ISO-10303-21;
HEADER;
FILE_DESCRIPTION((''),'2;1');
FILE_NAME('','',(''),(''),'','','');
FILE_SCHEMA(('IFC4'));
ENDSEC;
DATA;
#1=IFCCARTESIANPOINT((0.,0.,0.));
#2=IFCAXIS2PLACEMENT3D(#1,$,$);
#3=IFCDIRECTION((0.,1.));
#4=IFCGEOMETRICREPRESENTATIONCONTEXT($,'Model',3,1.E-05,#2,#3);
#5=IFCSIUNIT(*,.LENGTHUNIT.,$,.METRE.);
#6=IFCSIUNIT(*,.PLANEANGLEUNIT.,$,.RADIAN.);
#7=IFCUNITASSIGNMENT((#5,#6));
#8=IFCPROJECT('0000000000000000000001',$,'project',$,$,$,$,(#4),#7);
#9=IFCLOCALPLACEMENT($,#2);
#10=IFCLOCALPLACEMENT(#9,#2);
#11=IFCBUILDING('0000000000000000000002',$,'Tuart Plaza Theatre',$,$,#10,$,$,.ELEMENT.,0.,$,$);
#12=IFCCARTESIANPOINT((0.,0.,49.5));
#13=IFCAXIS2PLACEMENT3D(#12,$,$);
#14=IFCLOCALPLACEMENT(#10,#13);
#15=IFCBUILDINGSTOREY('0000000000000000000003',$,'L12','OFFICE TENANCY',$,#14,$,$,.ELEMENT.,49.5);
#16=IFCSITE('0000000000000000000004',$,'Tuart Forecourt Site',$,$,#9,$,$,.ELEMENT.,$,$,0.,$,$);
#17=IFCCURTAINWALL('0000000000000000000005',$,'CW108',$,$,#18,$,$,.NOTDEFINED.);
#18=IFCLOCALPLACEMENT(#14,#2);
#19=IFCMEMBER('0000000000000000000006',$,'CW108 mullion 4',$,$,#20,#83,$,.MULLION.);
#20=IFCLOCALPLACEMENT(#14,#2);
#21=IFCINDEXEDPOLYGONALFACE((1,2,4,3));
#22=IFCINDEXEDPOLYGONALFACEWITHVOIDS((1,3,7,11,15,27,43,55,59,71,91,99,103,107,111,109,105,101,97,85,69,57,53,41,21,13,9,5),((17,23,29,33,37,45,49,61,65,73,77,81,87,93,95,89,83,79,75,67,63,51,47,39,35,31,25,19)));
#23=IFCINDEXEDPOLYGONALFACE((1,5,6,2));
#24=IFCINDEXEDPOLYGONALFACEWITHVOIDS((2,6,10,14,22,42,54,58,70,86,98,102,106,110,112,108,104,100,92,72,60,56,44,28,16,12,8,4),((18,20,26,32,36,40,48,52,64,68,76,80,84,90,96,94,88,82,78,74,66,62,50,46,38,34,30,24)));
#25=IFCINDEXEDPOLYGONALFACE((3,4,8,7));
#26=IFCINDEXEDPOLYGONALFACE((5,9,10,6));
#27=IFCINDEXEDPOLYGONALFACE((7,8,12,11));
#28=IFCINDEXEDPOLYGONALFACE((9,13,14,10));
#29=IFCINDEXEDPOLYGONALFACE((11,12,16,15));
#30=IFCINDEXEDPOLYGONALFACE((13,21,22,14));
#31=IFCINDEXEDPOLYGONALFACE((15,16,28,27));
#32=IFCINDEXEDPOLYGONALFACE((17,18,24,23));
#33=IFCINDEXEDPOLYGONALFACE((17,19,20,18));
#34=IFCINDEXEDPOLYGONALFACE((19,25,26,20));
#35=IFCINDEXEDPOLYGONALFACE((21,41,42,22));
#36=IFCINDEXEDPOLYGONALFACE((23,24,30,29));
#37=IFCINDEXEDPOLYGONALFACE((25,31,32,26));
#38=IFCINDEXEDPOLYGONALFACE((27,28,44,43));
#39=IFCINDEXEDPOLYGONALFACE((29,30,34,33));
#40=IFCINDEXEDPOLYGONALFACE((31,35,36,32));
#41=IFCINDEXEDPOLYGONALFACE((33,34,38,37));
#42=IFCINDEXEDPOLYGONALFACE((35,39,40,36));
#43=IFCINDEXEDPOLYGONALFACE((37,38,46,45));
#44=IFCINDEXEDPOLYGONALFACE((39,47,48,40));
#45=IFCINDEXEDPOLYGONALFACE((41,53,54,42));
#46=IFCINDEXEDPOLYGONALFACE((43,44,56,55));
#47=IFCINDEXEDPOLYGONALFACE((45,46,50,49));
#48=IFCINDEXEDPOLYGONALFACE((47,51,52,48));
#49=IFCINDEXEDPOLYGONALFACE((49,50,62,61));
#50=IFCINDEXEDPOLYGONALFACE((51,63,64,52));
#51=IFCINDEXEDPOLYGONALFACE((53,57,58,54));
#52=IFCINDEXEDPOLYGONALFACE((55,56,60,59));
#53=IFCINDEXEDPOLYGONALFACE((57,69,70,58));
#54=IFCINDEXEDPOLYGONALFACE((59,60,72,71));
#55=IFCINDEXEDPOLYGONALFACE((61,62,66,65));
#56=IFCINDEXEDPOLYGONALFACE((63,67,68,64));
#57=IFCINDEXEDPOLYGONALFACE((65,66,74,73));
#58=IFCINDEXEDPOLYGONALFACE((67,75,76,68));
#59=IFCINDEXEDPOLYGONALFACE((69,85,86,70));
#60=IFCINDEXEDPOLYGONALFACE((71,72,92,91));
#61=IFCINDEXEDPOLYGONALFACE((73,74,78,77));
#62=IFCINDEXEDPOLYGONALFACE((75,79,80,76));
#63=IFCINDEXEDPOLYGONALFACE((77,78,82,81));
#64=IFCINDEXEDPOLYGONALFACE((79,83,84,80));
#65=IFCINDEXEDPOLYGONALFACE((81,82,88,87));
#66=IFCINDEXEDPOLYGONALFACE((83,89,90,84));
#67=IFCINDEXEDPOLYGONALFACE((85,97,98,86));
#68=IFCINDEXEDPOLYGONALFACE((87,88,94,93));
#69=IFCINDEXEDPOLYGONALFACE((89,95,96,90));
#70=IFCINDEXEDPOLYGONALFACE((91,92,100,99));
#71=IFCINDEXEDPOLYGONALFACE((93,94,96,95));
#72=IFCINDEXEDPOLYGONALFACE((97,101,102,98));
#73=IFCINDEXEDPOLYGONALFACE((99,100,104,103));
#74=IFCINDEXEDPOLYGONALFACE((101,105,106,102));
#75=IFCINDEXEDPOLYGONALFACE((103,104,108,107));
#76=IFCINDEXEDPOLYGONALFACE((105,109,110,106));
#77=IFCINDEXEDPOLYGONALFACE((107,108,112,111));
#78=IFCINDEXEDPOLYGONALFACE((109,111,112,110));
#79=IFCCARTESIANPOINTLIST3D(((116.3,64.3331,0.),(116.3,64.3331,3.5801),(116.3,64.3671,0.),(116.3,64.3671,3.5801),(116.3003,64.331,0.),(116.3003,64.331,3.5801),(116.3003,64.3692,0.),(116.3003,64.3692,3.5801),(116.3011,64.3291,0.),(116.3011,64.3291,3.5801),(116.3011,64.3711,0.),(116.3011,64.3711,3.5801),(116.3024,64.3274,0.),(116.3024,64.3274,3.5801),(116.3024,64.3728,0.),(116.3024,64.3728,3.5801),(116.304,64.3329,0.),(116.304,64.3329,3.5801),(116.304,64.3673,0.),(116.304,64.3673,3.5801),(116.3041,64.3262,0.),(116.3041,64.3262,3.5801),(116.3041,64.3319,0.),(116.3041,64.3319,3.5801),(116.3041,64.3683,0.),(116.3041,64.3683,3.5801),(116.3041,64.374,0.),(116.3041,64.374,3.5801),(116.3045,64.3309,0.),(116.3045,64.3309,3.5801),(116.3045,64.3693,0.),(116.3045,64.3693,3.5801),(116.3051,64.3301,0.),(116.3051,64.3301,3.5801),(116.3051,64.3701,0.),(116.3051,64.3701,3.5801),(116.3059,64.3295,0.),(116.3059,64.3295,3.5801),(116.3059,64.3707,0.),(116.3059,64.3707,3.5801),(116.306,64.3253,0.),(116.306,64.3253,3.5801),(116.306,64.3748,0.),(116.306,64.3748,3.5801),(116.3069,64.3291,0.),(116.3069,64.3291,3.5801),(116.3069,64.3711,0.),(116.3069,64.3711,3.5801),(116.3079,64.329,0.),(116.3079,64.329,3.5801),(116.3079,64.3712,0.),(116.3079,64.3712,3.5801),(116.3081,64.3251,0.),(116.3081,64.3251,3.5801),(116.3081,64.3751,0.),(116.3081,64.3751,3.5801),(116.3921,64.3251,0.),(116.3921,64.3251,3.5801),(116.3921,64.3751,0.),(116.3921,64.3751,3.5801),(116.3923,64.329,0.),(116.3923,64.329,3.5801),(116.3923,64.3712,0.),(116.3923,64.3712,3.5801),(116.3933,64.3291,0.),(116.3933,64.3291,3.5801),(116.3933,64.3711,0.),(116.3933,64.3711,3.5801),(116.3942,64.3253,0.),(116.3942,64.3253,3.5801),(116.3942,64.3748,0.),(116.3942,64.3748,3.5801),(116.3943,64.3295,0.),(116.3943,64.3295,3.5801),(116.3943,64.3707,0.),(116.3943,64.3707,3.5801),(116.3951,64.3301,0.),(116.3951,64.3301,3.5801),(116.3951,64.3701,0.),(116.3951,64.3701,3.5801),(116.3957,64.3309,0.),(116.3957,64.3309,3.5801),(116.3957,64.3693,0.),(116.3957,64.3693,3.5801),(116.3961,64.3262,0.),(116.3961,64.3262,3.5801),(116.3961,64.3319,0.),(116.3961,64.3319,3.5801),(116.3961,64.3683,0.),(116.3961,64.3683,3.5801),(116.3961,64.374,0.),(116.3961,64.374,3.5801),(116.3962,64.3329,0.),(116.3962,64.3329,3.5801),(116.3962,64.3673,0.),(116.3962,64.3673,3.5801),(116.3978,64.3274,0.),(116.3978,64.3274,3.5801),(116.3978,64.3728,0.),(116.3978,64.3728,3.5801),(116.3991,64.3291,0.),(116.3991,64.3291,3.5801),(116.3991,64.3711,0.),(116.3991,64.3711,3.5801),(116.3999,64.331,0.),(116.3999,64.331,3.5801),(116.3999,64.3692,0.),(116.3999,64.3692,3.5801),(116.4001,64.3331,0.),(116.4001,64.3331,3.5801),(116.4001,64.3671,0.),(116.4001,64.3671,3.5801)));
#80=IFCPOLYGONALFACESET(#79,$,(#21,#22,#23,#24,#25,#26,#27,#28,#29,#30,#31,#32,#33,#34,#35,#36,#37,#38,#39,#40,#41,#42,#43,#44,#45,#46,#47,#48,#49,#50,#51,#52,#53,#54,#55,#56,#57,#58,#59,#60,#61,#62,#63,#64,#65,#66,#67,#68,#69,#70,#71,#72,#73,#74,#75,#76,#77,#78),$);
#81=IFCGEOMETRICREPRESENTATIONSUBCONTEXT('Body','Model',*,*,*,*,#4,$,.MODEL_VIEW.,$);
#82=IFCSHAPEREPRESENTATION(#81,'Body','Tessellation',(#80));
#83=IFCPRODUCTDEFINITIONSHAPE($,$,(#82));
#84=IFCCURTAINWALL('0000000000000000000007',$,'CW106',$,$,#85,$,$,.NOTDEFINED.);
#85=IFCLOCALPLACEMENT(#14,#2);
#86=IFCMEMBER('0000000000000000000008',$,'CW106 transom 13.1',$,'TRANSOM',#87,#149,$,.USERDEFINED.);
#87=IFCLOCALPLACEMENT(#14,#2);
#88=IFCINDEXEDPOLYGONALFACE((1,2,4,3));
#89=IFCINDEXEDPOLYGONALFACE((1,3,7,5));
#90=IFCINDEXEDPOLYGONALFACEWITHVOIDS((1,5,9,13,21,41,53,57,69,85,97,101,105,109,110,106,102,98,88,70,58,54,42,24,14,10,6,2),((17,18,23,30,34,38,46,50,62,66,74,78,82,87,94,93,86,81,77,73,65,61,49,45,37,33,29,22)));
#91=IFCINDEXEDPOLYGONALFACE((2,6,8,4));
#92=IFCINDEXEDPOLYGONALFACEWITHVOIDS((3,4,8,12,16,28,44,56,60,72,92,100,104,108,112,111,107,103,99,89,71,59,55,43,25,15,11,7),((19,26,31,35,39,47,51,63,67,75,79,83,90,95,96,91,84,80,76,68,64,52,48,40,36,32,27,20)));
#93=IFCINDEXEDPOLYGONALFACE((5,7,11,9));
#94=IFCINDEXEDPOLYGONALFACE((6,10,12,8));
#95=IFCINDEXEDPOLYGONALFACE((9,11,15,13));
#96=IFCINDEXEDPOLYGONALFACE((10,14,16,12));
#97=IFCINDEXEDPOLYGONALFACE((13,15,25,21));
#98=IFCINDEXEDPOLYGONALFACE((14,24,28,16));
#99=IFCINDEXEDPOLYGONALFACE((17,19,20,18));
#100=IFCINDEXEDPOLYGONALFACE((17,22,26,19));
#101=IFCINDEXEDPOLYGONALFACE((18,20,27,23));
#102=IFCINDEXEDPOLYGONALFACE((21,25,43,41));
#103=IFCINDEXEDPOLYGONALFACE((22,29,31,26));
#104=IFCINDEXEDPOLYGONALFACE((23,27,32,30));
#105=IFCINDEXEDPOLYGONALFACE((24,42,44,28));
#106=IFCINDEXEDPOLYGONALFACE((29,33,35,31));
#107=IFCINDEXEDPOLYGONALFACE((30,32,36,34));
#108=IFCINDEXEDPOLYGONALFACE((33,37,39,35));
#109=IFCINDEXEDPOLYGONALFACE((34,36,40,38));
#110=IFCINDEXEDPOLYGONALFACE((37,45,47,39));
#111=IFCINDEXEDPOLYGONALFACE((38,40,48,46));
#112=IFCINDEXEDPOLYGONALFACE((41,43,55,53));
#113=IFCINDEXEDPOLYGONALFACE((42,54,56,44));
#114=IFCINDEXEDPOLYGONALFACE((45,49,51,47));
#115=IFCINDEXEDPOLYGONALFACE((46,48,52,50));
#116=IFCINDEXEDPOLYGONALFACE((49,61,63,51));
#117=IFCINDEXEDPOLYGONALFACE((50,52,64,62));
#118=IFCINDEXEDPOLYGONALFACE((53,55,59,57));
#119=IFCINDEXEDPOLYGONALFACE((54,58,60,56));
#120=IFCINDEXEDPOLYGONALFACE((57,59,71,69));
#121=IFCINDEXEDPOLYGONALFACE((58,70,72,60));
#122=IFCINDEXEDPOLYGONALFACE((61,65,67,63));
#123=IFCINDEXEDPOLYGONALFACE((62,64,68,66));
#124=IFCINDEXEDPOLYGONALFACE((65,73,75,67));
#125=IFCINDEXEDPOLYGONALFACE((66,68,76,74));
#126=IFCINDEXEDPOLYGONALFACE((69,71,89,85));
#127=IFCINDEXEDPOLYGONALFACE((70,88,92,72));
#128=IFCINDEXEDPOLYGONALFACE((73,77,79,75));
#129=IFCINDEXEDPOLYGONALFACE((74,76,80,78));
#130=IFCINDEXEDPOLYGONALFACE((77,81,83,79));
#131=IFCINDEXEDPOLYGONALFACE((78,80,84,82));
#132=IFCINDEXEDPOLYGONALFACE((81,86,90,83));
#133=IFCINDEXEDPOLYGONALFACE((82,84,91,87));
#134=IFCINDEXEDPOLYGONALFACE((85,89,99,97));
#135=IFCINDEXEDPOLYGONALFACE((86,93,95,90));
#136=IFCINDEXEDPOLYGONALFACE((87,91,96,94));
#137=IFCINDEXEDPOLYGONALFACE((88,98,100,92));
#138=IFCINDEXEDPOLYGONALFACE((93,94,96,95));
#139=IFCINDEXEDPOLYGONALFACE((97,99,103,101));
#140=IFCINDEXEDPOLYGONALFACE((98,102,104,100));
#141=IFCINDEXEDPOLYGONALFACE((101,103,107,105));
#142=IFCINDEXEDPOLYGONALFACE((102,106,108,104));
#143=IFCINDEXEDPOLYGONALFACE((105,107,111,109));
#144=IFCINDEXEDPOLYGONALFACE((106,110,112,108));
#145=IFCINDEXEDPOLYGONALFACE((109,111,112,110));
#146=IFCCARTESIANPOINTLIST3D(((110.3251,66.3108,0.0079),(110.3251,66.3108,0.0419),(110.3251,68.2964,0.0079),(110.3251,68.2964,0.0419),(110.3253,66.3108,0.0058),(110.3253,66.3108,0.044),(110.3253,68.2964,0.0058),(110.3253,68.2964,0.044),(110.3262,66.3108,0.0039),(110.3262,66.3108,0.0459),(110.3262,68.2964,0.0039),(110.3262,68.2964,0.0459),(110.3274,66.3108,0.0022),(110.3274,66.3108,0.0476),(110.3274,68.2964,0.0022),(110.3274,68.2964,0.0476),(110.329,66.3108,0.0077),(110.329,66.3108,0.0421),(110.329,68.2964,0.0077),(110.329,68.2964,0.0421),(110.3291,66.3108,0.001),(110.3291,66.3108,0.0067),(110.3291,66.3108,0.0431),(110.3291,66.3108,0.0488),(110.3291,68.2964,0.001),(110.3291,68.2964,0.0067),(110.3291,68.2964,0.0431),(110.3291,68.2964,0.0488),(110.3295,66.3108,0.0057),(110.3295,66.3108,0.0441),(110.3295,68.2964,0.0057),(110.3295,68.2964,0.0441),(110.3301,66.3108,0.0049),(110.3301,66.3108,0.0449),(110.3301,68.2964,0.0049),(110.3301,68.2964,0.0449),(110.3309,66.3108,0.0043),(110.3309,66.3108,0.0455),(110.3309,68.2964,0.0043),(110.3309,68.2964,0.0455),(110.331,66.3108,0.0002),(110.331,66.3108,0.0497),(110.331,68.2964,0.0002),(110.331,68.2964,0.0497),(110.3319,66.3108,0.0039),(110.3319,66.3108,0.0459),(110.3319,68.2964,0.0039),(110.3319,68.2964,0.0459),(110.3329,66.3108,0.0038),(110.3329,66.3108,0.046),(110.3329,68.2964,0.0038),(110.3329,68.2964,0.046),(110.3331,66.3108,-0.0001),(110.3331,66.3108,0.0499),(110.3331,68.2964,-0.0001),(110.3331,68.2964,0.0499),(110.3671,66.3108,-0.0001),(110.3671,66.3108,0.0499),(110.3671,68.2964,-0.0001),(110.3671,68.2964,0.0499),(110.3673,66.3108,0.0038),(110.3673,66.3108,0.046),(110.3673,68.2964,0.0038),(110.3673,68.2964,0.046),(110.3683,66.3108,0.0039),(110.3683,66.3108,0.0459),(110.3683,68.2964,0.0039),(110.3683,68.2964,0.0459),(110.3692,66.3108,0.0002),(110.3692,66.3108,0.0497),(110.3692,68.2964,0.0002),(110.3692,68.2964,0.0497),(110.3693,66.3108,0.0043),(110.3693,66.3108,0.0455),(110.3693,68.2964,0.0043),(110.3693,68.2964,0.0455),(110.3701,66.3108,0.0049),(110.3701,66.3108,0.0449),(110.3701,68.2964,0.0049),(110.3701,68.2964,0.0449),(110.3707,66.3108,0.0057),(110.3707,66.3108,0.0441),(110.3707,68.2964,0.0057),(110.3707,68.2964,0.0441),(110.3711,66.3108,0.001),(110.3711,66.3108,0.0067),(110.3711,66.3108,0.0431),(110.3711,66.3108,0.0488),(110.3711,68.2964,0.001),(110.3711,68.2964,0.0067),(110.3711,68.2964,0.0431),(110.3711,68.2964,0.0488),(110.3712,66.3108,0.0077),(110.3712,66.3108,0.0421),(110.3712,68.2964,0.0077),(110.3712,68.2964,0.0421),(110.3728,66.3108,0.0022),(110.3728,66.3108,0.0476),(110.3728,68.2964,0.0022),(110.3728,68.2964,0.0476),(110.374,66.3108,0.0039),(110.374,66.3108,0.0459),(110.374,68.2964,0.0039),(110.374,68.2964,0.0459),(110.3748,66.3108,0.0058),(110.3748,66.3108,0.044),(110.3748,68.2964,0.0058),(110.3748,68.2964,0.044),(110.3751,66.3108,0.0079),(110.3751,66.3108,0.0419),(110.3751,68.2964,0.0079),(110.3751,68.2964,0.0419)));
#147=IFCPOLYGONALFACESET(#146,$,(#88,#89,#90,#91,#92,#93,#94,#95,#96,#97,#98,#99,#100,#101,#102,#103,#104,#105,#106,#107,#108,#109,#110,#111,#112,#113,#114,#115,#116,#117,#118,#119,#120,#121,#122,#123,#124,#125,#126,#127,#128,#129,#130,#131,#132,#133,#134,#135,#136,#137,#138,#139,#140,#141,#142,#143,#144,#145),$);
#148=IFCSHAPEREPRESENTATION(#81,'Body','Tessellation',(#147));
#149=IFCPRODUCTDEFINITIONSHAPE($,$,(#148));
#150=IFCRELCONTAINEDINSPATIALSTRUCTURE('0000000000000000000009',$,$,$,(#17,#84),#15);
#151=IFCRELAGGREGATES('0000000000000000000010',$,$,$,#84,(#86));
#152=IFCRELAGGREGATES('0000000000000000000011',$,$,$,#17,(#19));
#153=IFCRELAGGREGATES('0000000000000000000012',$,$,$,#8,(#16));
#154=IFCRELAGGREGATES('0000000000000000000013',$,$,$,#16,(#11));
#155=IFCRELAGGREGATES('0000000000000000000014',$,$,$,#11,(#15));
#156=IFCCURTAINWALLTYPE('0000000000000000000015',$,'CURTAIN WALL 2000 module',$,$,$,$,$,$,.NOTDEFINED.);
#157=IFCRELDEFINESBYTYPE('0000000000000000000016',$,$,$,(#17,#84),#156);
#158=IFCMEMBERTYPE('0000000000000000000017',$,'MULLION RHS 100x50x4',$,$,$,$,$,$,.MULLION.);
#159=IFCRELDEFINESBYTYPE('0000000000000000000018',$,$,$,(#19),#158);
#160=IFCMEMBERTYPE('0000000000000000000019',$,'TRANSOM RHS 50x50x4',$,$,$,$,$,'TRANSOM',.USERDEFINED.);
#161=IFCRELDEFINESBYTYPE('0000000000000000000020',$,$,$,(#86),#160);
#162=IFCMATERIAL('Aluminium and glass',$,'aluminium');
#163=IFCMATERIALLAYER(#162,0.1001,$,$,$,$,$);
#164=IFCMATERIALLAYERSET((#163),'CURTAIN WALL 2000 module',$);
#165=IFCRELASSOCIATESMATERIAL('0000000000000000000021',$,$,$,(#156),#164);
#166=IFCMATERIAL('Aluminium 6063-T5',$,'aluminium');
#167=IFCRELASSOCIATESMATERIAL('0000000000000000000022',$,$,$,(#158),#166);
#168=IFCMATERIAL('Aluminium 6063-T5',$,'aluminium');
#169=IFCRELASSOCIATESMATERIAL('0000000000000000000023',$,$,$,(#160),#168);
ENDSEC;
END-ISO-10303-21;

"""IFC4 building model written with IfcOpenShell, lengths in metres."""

from ifc_helpers import new_model, si_unit, direction, frame, origin, origin_2d, place, context, subcontext, project, spatial, hollow_rectangle, extrude, material, layer, layer_set, material_profile, profile_set, type_object, element, aggregate, save


model = new_model("IFC4")

# Units and contexts
model_context = context("Model", 3, precision=1e-05, world=origin(), true_north=direction((0.0, 1.0)))
body_context = subcontext(model_context, "Body", "Model", "MODEL_VIEW")
ifc_project = project(units=[si_unit("LENGTHUNIT", "METRE"), si_unit("PLANEANGLEUNIT", "RADIAN")], contexts=[model_context])

# Site, building, storey
site_placement = place(None, origin())
site = spatial("IfcSite", under=ifc_project, at=site_placement, Name="Tuart Forecourt Site", CompositionType="ELEMENT", RefElevation=0.0)
building_placement = place(site_placement, origin())
building = spatial("IfcBuilding", under=site, at=building_placement, Name="Tuart Plaza Theatre", CompositionType="ELEMENT", ElevationOfRefHeight=0.0)
storey_placement = place(building_placement, frame((0.0, 0.0, 49.5)))
storey = spatial("IfcBuildingStorey", under=building, at=storey_placement, Name="L12", Description="OFFICE TENANCY", CompositionType="ELEMENT", Elevation=49.5)

# Curtain walls, members
ifc_material_1 = material(Name="Aluminium and glass", Category="aluminium")
ifc_layer_1 = layer(ifc_material_1, 0.1001)
ifc_layer_set_1 = layer_set([ifc_layer_1], Name="CURTAIN WALL 2000 module")
curtain_wall_type = type_object("IfcCurtainWallType", Name="CURTAIN WALL 2000 module", PredefinedType="NOTDEFINED", material=ifc_layer_set_1)
curtain_wall_1_placement = place(storey_placement, origin())
curtain_wall_1 = element("IfcCurtainWall", 1, at=curtain_wall_1_placement, inside=storey, type_object=curtain_wall_type, Name="CW108", PredefinedType="NOTDEFINED")
ifc_material_2 = material(Name="Aluminium 6063-T5", Category="aluminium")
ifc_material_profile_1 = material_profile(ifc_material_2, hollow_rectangle(XDim=0.05, YDim=0.1001, WallThickness=0.0039, InnerFilletRadius=0.0039, OuterFilletRadius=0.0081, at=origin_2d()), Name="RHS 100x50x4")
ifc_profile_set_1 = profile_set([ifc_material_profile_1], Name="Aluminium 6063-T5")
member_type_1 = type_object("IfcMemberType", Name="MULLION RHS 100x50x4", PredefinedType="MULLION", material=ifc_profile_set_1)
member_1_placement = place(storey_placement, frame((116.3501, 64.3501, 0.0), z_axis=(0.0, 0.0, 1.0), x_axis=(0.0, 1.0, 0.0)))
member_1 = element("IfcMember", 2, at=member_1_placement, type_object=member_type_1, Name="CW108 mullion 4", PredefinedType="MULLION", context=body_context, shape_type="SweptSolid", body=[
    extrude(hollow_rectangle(XDim=0.05, YDim=0.1001, WallThickness=0.0039, InnerFilletRadius=0.0039, OuterFilletRadius=0.0081, at=origin_2d()), origin(), (0.0, 0.0, 1.0), 3.5801),
])
curtain_wall_2_placement = place(storey_placement, origin())
curtain_wall_2 = element("IfcCurtainWall", 3, at=curtain_wall_2_placement, inside=storey, type_object=curtain_wall_type, Name="CW106", PredefinedType="NOTDEFINED")
ifc_material_3 = material(Name="Aluminium 6063-T5", Category="aluminium")
ifc_material_profile_2 = material_profile(ifc_material_3, hollow_rectangle(XDim=0.05, YDim=0.05, WallThickness=0.0039, InnerFilletRadius=0.0039, OuterFilletRadius=0.0081, at=origin_2d()), Name="RHS 50x50x4")
ifc_profile_set_2 = profile_set([ifc_material_profile_2], Name="Aluminium 6063-T5")
member_type_2 = type_object("IfcMemberType", Name="TRANSOM RHS 50x50x4", ElementType="TRANSOM", PredefinedType="USERDEFINED", material=ifc_profile_set_2)
member_2_placement = place(storey_placement, frame((110.3501, 68.2964, 0.0249), z_axis=(0.0, -1.0, 0.0), x_axis=(1.0, 0.0, 0.0)))
member_2 = element("IfcMember", 4, at=member_2_placement, type_object=member_type_2, Name="CW106 transom 13.1", ObjectType="TRANSOM", PredefinedType="USERDEFINED", context=body_context, shape_type="SweptSolid", body=[
    extrude(hollow_rectangle(XDim=0.05, YDim=0.05, WallThickness=0.0039, InnerFilletRadius=0.0039, OuterFilletRadius=0.0081, at=origin_2d()), origin(), (0.0, 0.0, 1.0), 1.9856),
])

aggregate(curtain_wall_2, [member_2])
aggregate(curtain_wall_1, [member_1])

save(model, "model.ifc")
